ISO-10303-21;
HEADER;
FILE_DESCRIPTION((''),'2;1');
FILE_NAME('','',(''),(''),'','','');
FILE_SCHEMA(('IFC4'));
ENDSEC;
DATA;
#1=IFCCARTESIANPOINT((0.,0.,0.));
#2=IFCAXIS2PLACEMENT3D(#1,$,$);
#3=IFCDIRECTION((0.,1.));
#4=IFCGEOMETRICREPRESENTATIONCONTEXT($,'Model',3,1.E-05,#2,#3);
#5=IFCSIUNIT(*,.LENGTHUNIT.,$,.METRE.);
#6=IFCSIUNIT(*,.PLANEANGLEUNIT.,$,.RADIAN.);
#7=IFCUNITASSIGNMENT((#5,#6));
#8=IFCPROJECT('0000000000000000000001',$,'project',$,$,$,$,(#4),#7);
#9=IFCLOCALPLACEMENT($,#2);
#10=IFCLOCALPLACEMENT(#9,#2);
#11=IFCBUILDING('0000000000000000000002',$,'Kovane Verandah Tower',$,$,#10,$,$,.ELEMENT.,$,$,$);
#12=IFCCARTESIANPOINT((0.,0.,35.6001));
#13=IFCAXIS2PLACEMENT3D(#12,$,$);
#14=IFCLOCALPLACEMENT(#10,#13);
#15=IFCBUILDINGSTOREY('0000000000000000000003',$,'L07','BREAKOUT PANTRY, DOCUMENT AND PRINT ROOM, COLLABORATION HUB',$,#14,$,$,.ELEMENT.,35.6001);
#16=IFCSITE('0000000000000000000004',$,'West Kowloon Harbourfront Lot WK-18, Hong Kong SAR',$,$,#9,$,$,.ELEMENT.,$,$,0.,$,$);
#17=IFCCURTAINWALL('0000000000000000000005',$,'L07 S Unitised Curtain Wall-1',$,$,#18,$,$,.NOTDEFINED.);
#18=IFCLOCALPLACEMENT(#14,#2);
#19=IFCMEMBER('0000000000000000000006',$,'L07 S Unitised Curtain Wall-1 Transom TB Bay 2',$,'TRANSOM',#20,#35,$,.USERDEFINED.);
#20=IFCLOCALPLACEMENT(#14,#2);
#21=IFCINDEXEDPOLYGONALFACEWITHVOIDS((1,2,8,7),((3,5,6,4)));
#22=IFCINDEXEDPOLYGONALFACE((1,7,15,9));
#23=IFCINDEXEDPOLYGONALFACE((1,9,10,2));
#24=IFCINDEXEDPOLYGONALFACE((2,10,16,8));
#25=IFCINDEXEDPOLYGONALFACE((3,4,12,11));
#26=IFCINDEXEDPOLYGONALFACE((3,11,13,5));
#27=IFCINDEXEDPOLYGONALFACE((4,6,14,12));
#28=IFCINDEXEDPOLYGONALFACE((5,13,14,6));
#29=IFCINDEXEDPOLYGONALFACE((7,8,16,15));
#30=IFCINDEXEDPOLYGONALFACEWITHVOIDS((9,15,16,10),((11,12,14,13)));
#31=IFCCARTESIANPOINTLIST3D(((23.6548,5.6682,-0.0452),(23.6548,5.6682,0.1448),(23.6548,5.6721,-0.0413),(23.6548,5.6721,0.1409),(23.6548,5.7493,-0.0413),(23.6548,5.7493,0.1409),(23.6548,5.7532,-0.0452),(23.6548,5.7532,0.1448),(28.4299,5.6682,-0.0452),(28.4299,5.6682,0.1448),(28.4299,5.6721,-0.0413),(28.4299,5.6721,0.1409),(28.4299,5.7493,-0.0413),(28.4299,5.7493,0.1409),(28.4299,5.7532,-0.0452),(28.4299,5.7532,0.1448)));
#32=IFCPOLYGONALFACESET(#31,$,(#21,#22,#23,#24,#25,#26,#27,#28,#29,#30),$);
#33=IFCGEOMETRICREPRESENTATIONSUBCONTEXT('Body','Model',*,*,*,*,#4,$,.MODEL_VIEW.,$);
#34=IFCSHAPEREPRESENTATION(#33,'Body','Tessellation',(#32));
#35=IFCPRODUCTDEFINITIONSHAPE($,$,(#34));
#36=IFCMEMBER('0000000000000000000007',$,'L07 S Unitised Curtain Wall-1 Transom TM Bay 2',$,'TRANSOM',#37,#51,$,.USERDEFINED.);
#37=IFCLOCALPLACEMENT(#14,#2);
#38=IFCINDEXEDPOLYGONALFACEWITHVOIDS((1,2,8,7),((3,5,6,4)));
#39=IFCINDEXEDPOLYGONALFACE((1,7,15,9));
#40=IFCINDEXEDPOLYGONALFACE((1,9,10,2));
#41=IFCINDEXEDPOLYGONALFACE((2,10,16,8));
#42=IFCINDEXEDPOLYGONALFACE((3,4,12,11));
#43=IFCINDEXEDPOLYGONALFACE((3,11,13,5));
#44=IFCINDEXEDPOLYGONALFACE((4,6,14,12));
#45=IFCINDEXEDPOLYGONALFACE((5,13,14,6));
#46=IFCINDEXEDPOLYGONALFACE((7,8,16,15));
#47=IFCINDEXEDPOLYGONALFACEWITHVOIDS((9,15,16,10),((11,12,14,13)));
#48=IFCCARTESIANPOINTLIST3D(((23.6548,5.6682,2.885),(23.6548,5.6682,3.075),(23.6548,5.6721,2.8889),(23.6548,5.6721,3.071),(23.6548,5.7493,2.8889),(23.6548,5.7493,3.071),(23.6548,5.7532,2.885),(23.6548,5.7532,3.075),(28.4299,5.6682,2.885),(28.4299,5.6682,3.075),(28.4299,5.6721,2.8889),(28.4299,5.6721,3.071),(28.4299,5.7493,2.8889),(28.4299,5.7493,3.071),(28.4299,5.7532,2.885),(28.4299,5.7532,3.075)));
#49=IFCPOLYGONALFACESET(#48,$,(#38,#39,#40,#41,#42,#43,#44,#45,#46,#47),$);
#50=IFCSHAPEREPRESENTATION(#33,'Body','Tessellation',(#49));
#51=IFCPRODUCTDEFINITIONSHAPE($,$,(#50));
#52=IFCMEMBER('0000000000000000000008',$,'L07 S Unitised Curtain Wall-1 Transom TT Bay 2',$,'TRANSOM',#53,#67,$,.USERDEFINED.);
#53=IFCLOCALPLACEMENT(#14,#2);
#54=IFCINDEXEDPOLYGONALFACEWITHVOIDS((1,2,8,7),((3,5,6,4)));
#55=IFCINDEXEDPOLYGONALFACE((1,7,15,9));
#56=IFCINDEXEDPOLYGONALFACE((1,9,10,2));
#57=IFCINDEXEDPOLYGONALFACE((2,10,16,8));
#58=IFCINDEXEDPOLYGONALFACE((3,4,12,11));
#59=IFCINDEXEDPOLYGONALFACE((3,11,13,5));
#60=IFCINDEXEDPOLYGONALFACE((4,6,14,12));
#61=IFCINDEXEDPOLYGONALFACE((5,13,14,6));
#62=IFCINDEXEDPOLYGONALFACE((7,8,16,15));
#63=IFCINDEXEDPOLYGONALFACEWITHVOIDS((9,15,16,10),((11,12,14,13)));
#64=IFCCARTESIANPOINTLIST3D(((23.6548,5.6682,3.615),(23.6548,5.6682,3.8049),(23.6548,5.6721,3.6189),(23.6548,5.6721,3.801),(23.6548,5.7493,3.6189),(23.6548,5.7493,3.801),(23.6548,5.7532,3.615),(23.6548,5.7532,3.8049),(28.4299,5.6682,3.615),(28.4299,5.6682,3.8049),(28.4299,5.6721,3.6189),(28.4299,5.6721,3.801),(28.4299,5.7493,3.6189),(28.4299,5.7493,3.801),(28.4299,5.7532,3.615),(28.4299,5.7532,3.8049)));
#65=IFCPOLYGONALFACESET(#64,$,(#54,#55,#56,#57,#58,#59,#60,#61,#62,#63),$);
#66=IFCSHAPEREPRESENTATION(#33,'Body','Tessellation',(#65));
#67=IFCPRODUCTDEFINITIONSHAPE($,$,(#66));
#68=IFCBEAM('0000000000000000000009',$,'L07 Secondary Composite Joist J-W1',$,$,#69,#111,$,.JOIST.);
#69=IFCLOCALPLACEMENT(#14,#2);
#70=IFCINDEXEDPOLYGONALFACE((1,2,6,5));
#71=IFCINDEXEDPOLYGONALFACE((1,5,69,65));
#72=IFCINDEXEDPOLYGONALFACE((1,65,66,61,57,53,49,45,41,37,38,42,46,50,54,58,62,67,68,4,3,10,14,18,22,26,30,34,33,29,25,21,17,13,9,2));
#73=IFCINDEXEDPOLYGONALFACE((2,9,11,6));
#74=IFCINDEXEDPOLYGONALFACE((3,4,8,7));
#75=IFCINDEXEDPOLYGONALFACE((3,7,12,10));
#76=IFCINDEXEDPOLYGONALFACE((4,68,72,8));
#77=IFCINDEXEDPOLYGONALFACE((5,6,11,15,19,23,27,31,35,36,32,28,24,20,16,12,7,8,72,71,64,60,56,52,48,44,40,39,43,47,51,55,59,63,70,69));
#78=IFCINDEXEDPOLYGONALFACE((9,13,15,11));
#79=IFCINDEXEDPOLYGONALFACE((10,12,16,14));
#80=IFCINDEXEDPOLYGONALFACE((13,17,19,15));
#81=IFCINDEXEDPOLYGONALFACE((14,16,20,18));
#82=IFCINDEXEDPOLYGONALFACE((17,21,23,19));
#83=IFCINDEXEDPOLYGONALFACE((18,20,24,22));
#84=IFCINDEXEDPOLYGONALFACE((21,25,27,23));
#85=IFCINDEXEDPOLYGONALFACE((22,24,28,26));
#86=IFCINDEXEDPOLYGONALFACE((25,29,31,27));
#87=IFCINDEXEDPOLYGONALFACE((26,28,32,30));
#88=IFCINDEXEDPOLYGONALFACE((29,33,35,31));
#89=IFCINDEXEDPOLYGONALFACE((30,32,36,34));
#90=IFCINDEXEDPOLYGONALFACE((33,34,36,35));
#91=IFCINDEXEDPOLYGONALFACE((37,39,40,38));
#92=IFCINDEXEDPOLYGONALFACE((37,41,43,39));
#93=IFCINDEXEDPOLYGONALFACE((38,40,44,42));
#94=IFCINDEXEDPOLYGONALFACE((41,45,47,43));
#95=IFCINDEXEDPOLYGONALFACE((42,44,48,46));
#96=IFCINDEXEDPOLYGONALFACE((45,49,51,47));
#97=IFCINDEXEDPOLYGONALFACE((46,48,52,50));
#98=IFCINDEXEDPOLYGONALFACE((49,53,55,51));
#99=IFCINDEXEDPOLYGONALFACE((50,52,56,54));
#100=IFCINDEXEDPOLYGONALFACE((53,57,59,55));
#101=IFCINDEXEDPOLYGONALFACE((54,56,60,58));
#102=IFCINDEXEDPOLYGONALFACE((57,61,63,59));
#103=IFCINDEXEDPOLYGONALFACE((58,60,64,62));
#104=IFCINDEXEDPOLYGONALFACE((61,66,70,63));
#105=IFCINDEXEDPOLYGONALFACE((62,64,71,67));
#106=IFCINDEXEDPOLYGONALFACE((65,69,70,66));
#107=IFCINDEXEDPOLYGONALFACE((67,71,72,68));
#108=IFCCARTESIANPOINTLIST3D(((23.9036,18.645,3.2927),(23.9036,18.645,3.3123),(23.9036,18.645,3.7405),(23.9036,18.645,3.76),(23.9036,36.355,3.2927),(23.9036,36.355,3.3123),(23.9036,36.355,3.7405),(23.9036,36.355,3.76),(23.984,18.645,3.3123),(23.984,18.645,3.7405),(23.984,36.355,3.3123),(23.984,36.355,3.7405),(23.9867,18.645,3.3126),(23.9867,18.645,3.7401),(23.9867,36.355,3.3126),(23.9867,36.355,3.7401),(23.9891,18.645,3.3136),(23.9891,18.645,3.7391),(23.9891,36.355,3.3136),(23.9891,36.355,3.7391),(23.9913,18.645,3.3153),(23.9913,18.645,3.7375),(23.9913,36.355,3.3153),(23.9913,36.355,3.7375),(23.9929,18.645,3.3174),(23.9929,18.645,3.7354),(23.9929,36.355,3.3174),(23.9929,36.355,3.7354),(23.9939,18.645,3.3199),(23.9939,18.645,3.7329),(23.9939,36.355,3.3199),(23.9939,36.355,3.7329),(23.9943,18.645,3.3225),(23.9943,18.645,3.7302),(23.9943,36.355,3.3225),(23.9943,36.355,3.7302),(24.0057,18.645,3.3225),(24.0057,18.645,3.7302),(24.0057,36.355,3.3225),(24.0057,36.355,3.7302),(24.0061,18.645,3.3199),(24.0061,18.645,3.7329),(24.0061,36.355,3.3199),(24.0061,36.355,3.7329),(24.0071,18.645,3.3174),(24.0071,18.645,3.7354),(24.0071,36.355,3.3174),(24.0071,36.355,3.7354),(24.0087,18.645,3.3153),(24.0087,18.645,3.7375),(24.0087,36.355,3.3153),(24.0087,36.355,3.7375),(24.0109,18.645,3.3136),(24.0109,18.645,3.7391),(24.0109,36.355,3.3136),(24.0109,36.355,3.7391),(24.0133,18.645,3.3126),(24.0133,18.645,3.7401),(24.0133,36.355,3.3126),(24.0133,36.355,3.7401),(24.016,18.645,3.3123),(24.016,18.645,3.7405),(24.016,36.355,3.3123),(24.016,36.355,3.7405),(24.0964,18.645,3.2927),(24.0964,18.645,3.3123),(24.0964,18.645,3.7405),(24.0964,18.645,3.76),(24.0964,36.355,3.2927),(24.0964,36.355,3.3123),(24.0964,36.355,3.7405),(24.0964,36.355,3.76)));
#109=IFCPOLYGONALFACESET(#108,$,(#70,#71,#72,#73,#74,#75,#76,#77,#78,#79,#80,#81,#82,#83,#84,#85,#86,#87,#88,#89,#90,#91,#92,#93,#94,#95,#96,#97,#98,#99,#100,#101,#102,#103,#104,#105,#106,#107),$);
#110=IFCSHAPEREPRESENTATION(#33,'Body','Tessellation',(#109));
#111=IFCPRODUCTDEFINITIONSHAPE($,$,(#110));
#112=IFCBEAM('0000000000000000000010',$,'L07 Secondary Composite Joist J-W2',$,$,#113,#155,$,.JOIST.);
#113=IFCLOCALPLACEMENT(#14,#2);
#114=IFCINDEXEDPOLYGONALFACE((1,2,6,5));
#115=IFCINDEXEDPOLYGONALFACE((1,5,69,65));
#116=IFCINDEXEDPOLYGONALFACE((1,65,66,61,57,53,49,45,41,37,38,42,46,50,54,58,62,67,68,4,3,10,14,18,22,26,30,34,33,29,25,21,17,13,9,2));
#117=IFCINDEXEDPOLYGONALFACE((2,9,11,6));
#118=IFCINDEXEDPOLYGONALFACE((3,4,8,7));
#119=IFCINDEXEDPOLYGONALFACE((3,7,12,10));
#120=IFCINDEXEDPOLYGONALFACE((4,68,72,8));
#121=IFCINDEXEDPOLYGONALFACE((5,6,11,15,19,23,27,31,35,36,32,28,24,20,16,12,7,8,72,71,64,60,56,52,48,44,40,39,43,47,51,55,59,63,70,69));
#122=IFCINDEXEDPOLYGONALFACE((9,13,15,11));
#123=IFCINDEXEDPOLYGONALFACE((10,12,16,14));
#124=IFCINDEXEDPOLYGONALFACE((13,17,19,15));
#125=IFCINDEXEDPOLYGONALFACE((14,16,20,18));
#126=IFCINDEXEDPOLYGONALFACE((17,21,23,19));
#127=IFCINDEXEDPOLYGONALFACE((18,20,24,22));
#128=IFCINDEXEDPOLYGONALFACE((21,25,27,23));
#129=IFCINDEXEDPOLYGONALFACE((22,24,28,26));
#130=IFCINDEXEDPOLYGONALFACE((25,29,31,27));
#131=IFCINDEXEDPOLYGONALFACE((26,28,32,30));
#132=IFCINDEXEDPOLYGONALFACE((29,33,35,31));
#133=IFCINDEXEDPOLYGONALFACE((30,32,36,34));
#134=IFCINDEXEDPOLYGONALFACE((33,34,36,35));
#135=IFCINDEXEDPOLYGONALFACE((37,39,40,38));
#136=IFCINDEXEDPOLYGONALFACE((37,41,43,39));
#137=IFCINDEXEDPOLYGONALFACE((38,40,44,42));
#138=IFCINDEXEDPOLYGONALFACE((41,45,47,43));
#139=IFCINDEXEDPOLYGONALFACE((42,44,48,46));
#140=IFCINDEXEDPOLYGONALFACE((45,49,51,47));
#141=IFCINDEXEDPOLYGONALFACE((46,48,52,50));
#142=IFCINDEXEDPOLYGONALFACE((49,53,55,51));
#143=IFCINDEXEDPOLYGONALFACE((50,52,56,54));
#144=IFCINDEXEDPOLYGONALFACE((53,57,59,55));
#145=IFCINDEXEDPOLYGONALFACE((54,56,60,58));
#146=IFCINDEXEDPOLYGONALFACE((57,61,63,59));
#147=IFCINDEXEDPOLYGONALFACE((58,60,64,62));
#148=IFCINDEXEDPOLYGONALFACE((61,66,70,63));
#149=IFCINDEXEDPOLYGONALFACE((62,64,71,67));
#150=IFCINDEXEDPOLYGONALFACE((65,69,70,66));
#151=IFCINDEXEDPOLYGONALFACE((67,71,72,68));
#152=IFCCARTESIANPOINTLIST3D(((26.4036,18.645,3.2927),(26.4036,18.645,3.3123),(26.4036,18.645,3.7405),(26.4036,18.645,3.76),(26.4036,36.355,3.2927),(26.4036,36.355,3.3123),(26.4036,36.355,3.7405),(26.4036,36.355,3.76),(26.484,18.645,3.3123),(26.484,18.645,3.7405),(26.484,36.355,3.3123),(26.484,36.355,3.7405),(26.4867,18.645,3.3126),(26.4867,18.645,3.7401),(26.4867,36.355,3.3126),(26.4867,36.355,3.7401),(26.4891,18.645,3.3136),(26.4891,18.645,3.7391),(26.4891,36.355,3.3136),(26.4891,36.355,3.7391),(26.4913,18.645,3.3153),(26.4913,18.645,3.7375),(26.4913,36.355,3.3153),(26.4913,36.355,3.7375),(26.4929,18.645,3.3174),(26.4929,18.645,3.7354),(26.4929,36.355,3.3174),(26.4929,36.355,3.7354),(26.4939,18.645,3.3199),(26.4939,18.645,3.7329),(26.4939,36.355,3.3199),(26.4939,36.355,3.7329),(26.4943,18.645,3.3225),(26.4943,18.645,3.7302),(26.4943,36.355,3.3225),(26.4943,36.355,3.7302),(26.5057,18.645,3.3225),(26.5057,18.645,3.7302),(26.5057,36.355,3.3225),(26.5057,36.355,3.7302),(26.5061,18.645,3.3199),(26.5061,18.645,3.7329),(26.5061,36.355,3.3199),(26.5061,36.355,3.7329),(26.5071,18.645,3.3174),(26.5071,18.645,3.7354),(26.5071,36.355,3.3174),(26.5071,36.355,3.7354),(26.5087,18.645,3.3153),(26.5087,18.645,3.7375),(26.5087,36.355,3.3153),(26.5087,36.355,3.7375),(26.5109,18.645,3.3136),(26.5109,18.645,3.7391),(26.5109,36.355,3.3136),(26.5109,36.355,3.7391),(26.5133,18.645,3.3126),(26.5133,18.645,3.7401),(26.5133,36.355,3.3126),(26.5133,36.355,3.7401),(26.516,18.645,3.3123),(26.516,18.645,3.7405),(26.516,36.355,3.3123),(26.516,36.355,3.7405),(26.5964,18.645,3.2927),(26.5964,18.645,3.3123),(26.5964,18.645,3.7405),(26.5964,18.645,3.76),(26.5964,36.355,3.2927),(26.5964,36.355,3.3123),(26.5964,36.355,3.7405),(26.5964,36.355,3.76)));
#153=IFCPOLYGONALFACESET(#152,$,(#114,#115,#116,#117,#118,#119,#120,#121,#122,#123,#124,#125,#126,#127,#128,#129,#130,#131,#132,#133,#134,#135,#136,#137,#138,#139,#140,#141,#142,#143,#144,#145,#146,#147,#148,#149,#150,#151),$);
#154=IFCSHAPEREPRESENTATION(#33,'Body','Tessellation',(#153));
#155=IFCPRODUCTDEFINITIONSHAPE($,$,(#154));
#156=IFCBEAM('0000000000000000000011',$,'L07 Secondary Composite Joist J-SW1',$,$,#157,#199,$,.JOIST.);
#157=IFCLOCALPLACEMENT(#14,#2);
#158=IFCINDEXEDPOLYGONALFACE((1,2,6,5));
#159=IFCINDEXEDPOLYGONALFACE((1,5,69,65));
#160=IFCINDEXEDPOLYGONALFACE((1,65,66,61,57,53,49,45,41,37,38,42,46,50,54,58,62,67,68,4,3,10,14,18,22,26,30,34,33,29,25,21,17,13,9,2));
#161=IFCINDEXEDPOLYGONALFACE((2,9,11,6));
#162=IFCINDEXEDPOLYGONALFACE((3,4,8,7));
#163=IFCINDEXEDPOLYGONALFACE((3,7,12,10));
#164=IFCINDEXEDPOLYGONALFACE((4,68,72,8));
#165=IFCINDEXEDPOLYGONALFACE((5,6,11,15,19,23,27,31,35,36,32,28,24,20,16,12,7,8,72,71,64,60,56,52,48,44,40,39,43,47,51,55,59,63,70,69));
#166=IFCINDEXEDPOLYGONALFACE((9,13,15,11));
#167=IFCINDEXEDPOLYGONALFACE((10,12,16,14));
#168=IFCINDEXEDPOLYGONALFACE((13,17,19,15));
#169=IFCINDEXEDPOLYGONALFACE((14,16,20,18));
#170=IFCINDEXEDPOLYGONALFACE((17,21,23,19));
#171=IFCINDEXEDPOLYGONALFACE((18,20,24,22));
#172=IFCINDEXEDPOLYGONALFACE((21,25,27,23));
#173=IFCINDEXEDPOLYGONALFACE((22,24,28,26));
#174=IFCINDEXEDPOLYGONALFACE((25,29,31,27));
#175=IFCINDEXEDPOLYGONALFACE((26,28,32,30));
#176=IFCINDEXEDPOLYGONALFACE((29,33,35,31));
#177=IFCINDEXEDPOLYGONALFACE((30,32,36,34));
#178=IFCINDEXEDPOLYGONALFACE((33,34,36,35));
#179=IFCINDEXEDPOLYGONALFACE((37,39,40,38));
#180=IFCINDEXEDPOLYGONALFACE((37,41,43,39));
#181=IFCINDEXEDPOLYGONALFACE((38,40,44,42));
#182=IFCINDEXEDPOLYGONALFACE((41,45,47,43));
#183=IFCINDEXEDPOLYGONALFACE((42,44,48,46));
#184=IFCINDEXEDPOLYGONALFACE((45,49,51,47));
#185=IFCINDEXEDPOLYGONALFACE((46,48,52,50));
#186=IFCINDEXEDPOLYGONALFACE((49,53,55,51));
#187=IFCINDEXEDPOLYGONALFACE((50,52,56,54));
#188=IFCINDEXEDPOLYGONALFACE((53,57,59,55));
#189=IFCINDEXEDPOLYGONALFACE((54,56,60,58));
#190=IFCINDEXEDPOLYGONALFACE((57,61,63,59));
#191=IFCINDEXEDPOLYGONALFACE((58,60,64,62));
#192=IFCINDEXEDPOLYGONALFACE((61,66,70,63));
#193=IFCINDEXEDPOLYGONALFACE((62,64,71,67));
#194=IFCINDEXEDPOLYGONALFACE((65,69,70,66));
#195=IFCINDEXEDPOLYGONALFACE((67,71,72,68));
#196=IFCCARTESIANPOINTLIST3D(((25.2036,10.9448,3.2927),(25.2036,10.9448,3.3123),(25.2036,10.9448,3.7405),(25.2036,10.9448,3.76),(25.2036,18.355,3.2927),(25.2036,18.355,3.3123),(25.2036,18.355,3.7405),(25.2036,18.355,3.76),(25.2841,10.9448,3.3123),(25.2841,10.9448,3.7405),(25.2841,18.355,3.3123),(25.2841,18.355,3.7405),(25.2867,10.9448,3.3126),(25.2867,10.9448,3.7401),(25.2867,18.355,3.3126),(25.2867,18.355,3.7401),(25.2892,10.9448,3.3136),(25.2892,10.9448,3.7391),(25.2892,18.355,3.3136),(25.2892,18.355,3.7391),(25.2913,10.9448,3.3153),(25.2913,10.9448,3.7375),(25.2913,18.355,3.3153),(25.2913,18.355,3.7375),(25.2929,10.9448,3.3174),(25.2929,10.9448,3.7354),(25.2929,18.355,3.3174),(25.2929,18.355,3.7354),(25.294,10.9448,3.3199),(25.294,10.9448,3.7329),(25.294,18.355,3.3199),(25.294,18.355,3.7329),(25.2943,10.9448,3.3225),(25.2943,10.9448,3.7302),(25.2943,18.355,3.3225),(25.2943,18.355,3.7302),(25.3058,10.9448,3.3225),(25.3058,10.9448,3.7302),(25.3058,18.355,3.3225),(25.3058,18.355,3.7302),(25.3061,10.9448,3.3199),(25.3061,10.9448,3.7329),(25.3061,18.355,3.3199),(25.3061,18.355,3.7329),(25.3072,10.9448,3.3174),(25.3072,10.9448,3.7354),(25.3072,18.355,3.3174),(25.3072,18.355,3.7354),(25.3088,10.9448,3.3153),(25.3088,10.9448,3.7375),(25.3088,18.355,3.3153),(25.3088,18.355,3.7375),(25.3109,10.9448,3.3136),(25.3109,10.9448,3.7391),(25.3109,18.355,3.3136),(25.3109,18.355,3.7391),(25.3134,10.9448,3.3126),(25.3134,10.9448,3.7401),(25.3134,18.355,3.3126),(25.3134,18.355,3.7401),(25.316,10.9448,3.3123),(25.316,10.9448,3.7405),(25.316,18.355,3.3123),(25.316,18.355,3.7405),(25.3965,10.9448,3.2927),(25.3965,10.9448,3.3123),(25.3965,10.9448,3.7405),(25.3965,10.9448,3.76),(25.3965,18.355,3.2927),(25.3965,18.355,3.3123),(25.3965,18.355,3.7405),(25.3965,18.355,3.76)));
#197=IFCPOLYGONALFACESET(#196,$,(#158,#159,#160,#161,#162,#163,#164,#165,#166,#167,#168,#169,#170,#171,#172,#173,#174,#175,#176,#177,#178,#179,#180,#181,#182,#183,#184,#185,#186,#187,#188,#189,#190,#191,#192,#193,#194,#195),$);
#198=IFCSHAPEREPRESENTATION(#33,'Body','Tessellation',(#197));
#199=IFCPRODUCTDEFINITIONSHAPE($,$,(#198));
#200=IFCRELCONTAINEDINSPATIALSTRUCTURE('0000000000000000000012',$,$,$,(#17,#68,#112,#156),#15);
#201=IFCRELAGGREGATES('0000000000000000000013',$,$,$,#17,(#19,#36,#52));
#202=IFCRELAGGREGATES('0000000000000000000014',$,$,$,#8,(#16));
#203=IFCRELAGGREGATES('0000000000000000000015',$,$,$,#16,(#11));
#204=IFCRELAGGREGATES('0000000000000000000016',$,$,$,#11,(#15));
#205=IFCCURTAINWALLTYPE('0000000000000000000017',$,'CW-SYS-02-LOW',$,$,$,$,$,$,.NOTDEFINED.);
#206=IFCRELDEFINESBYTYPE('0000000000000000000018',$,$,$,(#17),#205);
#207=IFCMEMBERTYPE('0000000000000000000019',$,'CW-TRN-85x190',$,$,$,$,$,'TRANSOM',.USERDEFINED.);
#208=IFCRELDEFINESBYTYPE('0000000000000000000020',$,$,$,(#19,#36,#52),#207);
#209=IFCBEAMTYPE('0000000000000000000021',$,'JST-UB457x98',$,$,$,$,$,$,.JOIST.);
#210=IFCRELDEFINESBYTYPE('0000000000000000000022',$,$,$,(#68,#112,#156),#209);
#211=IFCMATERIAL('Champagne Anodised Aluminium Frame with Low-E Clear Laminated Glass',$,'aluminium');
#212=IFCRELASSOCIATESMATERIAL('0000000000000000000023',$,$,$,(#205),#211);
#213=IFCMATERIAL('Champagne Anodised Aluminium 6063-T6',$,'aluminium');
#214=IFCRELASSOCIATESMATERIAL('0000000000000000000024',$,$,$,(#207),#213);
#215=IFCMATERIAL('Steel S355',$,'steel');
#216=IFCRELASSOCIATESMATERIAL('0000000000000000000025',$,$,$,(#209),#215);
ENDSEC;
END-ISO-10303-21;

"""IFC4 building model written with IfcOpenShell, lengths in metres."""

from ifc_helpers import new_model, si_unit, direction, frame, origin, origin_2d, place, context, subcontext, project, spatial, hollow_rectangle, i_section, extrude, material, material_profile, profile_set, type_object, element, aggregate, save


model = new_model("IFC4")

# Units and contexts
model_context = context("Model", 3, precision=1e-05, world=origin(), true_north=direction((0.0, 1.0)))
body_context = subcontext(model_context, "Body", "Model", "MODEL_VIEW")
ifc_project = project(units=[si_unit("LENGTHUNIT", "METRE"), si_unit("PLANEANGLEUNIT", "RADIAN")], contexts=[model_context])

# Site, building, storey
site_placement = place(None, origin())
site = spatial("IfcSite", under=ifc_project, at=site_placement, Name="West Kowloon Harbourfront Lot WK-18, Hong Kong SAR", CompositionType="ELEMENT", RefElevation=0.0)
building_placement = place(site_placement, origin())
building = spatial("IfcBuilding", under=site, at=building_placement, Name="Kovane Verandah Tower", CompositionType="ELEMENT")
storey_placement = place(building_placement, frame((0.0, 0.0, 35.6001)))
storey = spatial("IfcBuildingStorey", under=building, at=storey_placement, Name="L07", Description="BREAKOUT PANTRY, DOCUMENT AND PRINT ROOM, COLLABORATION HUB", CompositionType="ELEMENT", Elevation=35.6001)

# Shared definitions
ifc_material_1 = material(Name="Steel S355", Category="steel")

# Curtain wall, members
ifc_material_2 = material(Name="Champagne Anodised Aluminium Frame with Low-E Clear Laminated Glass", Category="aluminium")
curtain_wall_type = type_object("IfcCurtainWallType", Name="CW-SYS-02-LOW", PredefinedType="NOTDEFINED", material=ifc_material_2)
curtain_wall_placement = place(storey_placement, origin())
curtain_wall = element("IfcCurtainWall", 1, at=curtain_wall_placement, inside=storey, type_object=curtain_wall_type, Name="L07 S Unitised Curtain Wall-1", PredefinedType="NOTDEFINED")
ifc_material_3 = material(Name="Champagne Anodised Aluminium 6063-T6", Category="aluminium")
ifc_material_profile_1 = material_profile(ifc_material_3, hollow_rectangle(XDim=0.085, YDim=0.1899, WallThickness=0.0039, at=origin_2d()), Name="AL85x190x4")
ifc_profile_set_1 = profile_set([ifc_material_profile_1], Name="Champagne Anodised Aluminium 6063-T6")
member_type_1 = type_object("IfcMemberType", Name="CW-TRN-85x190", ElementType="TRANSOM", PredefinedType="USERDEFINED", material=ifc_profile_set_1)
member_1_placement = place(storey_placement, frame((23.6548, 5.7107, 0.0498), z_axis=(1.0, 0.0, 0.0), x_axis=(0.0, 1.0, 0.0)))
member_1 = element("IfcMember", 2, at=member_1_placement, type_object=member_type_1, Name="L07 S Unitised Curtain Wall-1 Transom TB Bay 2", ObjectType="TRANSOM", PredefinedType="USERDEFINED", context=body_context, shape_type="SweptSolid", body=[
    extrude(hollow_rectangle(XDim=0.085, YDim=0.1899, WallThickness=0.0039, at=origin_2d()), origin(), (0.0, 0.0, 1.0), 4.7751),
])
member_2_placement = place(storey_placement, frame((23.6548, 5.7107, 2.98), z_axis=(1.0, 0.0, 0.0), x_axis=(0.0, 1.0, 0.0)))
member_2 = element("IfcMember", 3, at=member_2_placement, type_object=member_type_1, Name="L07 S Unitised Curtain Wall-1 Transom TM Bay 2", ObjectType="TRANSOM", PredefinedType="USERDEFINED", context=body_context, shape_type="SweptSolid", body=[
    extrude(hollow_rectangle(XDim=0.085, YDim=0.1899, WallThickness=0.0039, at=origin_2d()), origin(), (0.0, 0.0, 1.0), 4.7751),
])
member_3_placement = place(storey_placement, frame((23.6548, 5.7107, 3.71), z_axis=(1.0, 0.0, 0.0), x_axis=(0.0, 1.0, 0.0)))
member_3 = element("IfcMember", 4, at=member_3_placement, type_object=member_type_1, Name="L07 S Unitised Curtain Wall-1 Transom TT Bay 2", ObjectType="TRANSOM", PredefinedType="USERDEFINED", context=body_context, shape_type="SweptSolid", body=[
    extrude(hollow_rectangle(XDim=0.085, YDim=0.1899, WallThickness=0.0039, at=origin_2d()), origin(), (0.0, 0.0, 1.0), 4.7751),
])

# Beams
ifc_material_profile_2 = material_profile(ifc_material_1, i_section(OverallWidth=0.1929, OverallDepth=0.4673, WebThickness=0.0115, FlangeThickness=0.0195, FilletRadius=0.0103, at=origin_2d()), Name="UB457x191x98")
ifc_profile_set_2 = profile_set([ifc_material_profile_2], Name="Steel S355")
beam_type_1 = type_object("IfcBeamType", Name="JST-UB457x98", PredefinedType="JOIST", material=ifc_profile_set_2)
for number, where, z_axis, x_axis, name in (
    (5, (24.0, 18.645, 3.5264), (0.0, 1.0, 0.0), (-1.0, 0.0, 0.0), "L07 Secondary Composite Joist J-W1"),
    (6, (26.5, 18.645, 3.5264), (0.0, 1.0, 0.0), (-1.0, 0.0, 0.0), "L07 Secondary Composite Joist J-W2"),
):
    element("IfcBeam", number, at=place(storey_placement, frame(where, z_axis=z_axis, x_axis=x_axis)), inside=storey, type_object=beam_type_1, Name=name, PredefinedType="JOIST", context=body_context, shape_type="SweptSolid", body=[
        extrude(i_section(OverallWidth=0.1929, OverallDepth=0.4673, WebThickness=0.0115, FlangeThickness=0.0195, FilletRadius=0.0103, at=origin_2d()), origin(), (0.0, 0.0, 1.0), 17.71),
    ])
beam_1_placement = place(storey_placement, frame((25.3, 10.9448, 3.5264), z_axis=(0.0, 1.0, 0.0), x_axis=(-1.0, 0.0, 0.0)))
element("IfcBeam", 7, at=beam_1_placement, inside=storey, type_object=beam_type_1, Name="L07 Secondary Composite Joist J-SW1", PredefinedType="JOIST", context=body_context, shape_type="SweptSolid", body=[
    extrude(i_section(OverallWidth=0.1929, OverallDepth=0.4673, WebThickness=0.0115, FlangeThickness=0.0195, FilletRadius=0.0103, at=origin_2d()), origin(), (0.0, 0.0, 1.0), 7.4102),
])

aggregate(curtain_wall, [member_1, member_2, member_3])

save(model, "model.ifc")
